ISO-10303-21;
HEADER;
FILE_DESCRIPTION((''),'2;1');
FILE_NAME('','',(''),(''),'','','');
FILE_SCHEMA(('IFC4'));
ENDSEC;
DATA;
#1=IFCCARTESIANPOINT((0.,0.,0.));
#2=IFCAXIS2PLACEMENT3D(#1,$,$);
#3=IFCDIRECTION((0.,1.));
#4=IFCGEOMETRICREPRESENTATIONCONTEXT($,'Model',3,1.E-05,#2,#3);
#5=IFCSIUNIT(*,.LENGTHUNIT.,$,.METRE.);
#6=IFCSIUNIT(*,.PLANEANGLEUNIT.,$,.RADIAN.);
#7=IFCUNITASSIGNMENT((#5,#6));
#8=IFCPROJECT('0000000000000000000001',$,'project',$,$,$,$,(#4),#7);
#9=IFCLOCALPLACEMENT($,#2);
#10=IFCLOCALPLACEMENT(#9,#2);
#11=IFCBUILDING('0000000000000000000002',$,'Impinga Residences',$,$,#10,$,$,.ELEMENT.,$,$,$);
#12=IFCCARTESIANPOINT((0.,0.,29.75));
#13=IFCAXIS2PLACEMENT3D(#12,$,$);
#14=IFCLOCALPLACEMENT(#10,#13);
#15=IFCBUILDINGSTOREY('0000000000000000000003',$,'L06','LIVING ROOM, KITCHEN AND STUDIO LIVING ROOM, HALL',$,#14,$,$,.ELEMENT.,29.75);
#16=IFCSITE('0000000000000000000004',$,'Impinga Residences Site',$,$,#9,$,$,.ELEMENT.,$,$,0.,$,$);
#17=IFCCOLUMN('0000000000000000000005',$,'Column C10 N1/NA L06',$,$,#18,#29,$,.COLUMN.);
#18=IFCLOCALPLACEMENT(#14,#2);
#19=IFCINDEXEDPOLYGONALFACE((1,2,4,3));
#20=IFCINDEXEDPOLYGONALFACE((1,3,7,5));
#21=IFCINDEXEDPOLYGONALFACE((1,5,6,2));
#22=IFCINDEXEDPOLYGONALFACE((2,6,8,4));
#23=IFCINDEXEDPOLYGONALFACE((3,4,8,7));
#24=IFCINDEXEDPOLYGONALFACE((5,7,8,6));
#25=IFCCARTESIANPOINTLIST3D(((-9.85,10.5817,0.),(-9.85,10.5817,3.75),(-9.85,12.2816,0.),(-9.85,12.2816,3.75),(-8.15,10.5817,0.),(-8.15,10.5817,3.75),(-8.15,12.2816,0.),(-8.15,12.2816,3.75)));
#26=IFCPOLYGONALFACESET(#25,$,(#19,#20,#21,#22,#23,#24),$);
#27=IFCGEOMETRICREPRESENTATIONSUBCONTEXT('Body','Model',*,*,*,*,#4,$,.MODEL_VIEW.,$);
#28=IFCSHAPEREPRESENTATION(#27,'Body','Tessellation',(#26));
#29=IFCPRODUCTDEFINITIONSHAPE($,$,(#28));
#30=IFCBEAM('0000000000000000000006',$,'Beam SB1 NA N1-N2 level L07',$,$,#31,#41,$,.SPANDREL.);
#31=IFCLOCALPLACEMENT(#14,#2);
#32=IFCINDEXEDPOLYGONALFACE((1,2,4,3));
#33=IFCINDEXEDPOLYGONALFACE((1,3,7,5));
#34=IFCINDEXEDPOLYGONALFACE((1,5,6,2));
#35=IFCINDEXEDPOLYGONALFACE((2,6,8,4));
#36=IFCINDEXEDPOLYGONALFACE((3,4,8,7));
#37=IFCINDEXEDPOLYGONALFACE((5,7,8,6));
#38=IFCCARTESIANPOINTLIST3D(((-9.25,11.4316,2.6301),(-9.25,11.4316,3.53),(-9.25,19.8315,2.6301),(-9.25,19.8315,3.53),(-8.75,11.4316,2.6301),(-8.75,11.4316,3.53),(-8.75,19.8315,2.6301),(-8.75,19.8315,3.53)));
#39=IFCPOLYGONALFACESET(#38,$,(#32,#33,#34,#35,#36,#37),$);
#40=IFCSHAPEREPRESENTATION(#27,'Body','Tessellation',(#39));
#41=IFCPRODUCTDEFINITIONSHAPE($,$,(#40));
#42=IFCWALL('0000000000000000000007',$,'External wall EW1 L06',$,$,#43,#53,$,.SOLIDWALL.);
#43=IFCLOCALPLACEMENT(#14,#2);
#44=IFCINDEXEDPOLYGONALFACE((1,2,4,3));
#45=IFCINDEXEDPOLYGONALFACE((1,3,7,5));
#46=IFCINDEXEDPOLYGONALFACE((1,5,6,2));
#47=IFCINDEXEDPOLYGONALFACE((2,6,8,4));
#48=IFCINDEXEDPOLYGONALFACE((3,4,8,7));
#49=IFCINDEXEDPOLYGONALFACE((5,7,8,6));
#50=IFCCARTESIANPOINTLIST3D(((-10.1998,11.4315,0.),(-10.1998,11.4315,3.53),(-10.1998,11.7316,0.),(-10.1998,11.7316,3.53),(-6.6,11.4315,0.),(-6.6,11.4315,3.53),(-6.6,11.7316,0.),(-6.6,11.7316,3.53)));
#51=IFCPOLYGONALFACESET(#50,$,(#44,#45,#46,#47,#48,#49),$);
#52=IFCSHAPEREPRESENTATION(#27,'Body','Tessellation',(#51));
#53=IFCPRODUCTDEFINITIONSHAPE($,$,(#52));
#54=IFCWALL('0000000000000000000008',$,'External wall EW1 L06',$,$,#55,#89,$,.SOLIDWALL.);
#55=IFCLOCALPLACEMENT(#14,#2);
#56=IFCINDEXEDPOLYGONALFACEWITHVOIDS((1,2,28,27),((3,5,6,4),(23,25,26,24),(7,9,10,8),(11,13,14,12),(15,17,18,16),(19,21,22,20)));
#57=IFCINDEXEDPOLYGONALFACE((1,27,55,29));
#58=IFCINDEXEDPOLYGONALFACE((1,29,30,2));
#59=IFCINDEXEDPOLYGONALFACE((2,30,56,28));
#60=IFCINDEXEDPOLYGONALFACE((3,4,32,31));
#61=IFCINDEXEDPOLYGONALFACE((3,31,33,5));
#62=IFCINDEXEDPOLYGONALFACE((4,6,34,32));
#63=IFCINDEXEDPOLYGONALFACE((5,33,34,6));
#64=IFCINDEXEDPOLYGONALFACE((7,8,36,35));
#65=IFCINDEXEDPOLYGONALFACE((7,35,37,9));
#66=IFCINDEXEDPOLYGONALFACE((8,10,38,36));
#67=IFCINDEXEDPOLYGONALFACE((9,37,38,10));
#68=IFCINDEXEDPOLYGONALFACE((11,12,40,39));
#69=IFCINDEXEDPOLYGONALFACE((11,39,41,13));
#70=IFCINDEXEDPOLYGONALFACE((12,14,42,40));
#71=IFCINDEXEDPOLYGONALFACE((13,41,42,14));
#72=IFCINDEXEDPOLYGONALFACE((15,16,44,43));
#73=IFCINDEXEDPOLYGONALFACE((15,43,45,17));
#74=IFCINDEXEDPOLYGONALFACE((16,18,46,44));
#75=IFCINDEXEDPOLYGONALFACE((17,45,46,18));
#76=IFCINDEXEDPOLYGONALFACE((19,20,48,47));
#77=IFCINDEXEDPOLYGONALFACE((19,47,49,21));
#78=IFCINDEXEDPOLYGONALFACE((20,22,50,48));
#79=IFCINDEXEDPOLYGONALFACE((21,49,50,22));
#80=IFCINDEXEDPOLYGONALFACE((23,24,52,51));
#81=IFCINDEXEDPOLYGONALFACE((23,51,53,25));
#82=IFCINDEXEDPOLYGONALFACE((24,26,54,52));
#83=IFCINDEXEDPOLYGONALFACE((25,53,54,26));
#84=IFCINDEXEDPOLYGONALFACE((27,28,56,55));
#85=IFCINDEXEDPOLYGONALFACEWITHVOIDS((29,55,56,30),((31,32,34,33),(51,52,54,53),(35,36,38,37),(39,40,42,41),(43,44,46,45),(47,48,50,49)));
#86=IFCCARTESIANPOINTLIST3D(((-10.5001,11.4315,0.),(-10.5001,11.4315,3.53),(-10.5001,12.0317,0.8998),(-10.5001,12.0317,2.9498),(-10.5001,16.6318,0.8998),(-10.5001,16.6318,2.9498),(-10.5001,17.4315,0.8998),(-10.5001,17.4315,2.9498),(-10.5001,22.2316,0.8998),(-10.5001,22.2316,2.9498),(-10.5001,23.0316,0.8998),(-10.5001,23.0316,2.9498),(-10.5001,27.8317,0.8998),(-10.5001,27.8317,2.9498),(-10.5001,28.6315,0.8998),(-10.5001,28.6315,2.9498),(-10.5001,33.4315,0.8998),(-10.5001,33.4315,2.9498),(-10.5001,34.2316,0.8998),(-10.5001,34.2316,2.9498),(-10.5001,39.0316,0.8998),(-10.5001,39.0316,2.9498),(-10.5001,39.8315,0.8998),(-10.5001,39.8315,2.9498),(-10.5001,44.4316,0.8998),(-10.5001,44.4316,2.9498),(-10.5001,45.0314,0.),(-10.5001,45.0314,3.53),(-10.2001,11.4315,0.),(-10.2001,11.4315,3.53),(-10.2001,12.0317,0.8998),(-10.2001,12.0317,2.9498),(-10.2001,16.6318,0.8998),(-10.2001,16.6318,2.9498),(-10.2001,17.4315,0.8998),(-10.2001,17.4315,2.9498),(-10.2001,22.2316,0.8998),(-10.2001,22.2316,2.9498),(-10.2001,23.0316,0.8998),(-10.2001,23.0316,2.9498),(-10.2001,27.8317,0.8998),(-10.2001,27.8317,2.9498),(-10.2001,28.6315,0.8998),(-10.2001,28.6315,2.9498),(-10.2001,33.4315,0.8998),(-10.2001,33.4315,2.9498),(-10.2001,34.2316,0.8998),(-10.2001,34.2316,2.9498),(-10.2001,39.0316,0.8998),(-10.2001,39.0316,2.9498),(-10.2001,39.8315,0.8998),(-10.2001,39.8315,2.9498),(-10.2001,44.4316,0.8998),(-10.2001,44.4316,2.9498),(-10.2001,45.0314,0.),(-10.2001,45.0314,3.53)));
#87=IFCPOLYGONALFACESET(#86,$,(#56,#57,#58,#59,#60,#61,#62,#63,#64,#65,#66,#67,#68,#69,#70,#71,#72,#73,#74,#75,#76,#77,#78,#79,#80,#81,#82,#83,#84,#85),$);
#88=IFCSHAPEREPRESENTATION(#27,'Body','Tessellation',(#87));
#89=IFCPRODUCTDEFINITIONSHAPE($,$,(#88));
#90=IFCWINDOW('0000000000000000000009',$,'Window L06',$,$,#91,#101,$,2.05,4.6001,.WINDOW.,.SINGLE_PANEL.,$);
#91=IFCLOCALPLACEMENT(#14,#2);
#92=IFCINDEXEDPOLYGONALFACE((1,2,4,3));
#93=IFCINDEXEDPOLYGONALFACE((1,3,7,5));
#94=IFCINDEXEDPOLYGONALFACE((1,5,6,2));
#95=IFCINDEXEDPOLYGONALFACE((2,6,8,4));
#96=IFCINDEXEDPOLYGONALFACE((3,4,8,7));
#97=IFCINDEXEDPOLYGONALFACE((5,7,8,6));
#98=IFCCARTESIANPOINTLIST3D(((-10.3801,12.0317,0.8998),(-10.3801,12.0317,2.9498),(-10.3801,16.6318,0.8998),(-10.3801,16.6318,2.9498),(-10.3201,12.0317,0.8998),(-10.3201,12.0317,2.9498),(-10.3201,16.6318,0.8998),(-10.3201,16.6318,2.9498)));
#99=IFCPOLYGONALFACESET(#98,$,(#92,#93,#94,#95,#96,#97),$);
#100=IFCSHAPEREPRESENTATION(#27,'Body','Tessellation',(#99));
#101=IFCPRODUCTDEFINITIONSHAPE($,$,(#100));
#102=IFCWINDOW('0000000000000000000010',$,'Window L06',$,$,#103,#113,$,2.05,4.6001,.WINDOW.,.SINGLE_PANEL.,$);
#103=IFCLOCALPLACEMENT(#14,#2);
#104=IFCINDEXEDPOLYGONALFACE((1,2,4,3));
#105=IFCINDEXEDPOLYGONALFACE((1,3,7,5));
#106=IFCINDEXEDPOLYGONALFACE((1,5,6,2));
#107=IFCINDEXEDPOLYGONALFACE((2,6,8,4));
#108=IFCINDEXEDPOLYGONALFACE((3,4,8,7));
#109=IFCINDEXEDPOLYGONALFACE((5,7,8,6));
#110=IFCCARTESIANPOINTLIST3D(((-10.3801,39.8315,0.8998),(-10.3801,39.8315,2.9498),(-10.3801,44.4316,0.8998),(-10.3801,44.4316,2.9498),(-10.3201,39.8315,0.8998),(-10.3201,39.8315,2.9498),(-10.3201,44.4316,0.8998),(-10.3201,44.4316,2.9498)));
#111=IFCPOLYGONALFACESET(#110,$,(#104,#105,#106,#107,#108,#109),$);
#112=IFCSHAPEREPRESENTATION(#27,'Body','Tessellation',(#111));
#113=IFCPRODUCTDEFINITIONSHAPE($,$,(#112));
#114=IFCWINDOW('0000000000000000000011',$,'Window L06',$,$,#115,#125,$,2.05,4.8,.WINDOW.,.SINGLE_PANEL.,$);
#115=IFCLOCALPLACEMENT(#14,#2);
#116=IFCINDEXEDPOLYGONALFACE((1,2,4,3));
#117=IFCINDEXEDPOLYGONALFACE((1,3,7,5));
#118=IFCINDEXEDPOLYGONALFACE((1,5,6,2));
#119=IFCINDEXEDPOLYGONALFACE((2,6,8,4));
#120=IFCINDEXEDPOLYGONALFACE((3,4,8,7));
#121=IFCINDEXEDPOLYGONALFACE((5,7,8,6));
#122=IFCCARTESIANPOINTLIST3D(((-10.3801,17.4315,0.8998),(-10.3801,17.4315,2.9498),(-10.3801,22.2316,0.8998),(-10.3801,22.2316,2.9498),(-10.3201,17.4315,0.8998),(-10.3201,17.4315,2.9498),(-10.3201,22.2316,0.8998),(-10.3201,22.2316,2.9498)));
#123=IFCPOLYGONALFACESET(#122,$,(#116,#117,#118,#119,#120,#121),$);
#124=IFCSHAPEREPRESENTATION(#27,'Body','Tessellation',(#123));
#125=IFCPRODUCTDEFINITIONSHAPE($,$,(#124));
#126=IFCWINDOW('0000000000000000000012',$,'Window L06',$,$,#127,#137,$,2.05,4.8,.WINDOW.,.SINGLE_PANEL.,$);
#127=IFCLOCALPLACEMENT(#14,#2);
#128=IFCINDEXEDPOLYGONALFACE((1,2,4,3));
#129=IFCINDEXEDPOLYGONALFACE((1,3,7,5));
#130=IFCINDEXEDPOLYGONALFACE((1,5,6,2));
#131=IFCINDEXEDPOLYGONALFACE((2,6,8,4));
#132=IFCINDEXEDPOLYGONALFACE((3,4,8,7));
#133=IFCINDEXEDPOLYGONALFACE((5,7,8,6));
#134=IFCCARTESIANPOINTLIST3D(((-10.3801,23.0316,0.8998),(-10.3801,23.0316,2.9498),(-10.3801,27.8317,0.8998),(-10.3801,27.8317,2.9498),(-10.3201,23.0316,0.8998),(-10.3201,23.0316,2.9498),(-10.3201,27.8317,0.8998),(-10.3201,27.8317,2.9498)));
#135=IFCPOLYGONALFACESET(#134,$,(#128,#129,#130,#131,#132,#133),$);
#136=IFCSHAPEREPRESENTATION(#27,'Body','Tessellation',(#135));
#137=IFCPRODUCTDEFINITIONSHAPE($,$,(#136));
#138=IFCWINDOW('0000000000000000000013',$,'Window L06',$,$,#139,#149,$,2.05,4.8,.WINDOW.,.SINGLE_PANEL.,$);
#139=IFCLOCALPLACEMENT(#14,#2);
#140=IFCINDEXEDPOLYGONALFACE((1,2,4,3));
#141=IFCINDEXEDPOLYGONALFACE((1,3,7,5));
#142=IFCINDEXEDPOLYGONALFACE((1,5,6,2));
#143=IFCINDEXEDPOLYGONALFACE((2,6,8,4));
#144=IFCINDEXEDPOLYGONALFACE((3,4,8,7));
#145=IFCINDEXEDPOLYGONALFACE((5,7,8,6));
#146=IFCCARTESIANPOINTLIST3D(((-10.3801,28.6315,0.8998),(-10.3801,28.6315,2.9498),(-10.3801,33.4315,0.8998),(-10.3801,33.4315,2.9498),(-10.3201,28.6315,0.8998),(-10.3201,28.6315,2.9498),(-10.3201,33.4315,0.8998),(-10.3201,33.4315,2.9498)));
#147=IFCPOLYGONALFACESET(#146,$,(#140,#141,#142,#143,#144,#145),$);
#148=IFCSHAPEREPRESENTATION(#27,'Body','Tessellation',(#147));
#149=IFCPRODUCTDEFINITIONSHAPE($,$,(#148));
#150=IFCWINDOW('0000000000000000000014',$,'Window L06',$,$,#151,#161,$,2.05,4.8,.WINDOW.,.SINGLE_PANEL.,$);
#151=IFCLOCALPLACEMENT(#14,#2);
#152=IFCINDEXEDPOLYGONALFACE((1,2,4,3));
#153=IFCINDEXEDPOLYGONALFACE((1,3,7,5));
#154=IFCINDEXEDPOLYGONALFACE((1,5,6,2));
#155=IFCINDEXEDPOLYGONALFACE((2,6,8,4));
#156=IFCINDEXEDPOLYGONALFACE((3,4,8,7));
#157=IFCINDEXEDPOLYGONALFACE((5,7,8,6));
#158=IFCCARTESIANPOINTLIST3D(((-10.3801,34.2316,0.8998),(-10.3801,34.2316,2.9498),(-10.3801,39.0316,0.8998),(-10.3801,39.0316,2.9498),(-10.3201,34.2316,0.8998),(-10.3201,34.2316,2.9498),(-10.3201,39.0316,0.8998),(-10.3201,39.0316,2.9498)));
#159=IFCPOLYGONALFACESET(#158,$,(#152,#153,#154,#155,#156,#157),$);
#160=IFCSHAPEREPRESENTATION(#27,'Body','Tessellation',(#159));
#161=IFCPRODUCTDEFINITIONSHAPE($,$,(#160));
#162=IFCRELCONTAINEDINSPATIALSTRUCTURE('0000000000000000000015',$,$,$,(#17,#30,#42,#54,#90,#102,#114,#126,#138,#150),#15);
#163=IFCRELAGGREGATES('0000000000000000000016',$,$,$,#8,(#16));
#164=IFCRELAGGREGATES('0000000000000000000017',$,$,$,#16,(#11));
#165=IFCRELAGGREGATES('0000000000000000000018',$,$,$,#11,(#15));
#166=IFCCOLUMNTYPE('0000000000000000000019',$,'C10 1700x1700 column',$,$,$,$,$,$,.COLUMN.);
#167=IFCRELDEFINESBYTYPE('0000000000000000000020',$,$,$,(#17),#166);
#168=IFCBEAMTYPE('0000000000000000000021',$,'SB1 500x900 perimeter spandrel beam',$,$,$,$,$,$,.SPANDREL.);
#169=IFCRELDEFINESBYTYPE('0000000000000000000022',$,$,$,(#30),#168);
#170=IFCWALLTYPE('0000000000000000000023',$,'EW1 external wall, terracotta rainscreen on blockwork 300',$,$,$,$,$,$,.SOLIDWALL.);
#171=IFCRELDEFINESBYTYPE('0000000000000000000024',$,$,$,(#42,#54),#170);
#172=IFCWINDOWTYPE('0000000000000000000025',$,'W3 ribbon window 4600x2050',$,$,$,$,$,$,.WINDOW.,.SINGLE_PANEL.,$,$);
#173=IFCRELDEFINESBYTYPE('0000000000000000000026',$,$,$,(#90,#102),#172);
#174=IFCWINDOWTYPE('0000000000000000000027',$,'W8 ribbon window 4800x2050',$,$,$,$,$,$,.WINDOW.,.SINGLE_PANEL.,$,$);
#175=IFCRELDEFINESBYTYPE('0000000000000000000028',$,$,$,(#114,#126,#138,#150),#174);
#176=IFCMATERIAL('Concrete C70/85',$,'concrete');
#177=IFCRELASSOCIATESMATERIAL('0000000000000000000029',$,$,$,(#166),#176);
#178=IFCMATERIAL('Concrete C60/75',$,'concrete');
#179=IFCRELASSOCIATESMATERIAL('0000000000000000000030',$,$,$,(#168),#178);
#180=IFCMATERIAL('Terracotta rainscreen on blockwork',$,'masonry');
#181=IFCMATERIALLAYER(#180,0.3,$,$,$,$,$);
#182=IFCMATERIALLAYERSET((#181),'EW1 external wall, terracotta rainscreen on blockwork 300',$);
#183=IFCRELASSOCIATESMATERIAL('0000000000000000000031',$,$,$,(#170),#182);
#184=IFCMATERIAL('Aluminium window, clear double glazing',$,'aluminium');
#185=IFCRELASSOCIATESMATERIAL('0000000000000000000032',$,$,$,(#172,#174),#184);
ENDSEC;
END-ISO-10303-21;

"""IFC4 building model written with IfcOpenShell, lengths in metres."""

from ifc_helpers import new_model, si_unit, direction, frame, frame_2d, origin, origin_2d, place, context, subcontext, project, spatial, rectangle, extrude, material, layer, layer_set, material_profile, profile_set, type_object, element, fill, save


model = new_model("IFC4")

# Units and contexts
model_context = context("Model", 3, precision=1e-05, world=origin(), true_north=direction((0.0, 1.0)))
body_context = subcontext(model_context, "Body", "Model", "MODEL_VIEW")
ifc_project = project(units=[si_unit("LENGTHUNIT", "METRE"), si_unit("PLANEANGLEUNIT", "RADIAN")], contexts=[model_context])

# Site, building, storey
site_placement = place(None, origin())
site = spatial("IfcSite", under=ifc_project, at=site_placement, Name="Impinga Residences Site", CompositionType="ELEMENT", RefElevation=0.0)
building_placement = place(site_placement, origin())
building = spatial("IfcBuilding", under=site, at=building_placement, Name="Impinga Residences", CompositionType="ELEMENT")
storey_placement = place(building_placement, frame((0.0, 0.0, 29.75)))
storey = spatial("IfcBuildingStorey", under=building, at=storey_placement, Name="L06", Description="LIVING ROOM, KITCHEN AND STUDIO LIVING ROOM, HALL", CompositionType="ELEMENT", Elevation=29.75)

# Column
ifc_material_1 = material(Name="Concrete C70/85", Category="concrete")
ifc_material_profile_1 = material_profile(ifc_material_1, rectangle(XDim=1.7, YDim=1.7, at=origin_2d()), Name="RC 1700x1700")
ifc_profile_set_1 = profile_set([ifc_material_profile_1], Name="Concrete C70/85")
column_type = type_object("IfcColumnType", Name="C10 1700x1700 column", PredefinedType="COLUMN", material=ifc_profile_set_1)
column_placement = place(storey_placement, frame((-9.0, 11.4316, 0.0), z_axis=(0.0, 0.0, 1.0), x_axis=(1.0, 0.0, 0.0)))
element("IfcColumn", 1, at=column_placement, inside=storey, type_object=column_type, Name="Column C10 N1/NA L06", PredefinedType="COLUMN", context=body_context, shape_type="SweptSolid", body=[
    extrude(rectangle(XDim=1.7, YDim=1.7, at=origin_2d()), origin(), (0.0, 0.0, 1.0), 3.75),
])

# Beam
ifc_material_2 = material(Name="Concrete C60/75", Category="concrete")
ifc_material_profile_2 = material_profile(ifc_material_2, rectangle(XDim=0.5, YDim=0.8999, at=origin_2d()), Name="RC 500x900")
ifc_profile_set_2 = profile_set([ifc_material_profile_2], Name="Concrete C60/75")
beam_type = type_object("IfcBeamType", Name="SB1 500x900 perimeter spandrel beam", PredefinedType="SPANDREL", material=ifc_profile_set_2)
beam_placement = place(storey_placement, frame((-9.0, 11.4316, 3.0801), z_axis=(0.0, 1.0, 0.0), x_axis=(-1.0, 0.0, 0.0)))
element("IfcBeam", 2, at=beam_placement, inside=storey, type_object=beam_type, Name="Beam SB1 NA N1-N2 level L07", PredefinedType="SPANDREL", context=body_context, shape_type="SweptSolid", body=[
    extrude(rectangle(XDim=0.5, YDim=0.8999, at=origin_2d()), origin(), (0.0, 0.0, 1.0), 8.3999),
])

# Wall
ifc_material_3 = material(Name="Terracotta rainscreen on blockwork", Category="masonry")
ifc_layer_1 = layer(ifc_material_3, 0.3)
ifc_layer_set_1 = layer_set([ifc_layer_1], Name="EW1 external wall, terracotta rainscreen on blockwork 300")
wall_type_1 = type_object("IfcWallType", Name="EW1 external wall, terracotta rainscreen on blockwork 300", PredefinedType="SOLIDWALL", material=ifc_layer_set_1)
wall_1_placement = place(storey_placement, frame((-6.6001, 11.5815, 0.0), z_axis=(0.0, 0.0, 1.0), x_axis=(-1.0, 0.0, 0.0)))
element("IfcWall", 3, at=wall_1_placement, inside=storey, type_object=wall_type_1, Name="External wall EW1 L06", PredefinedType="SOLIDWALL", context=body_context, shape_type="SweptSolid", body=[
    extrude(rectangle(XDim=3.5999, YDim=0.3, at=frame_2d((1.7998, 0.0))), origin(), (0.0, 0.0, 1.0), 3.53),
])

# Wall, openings, windows
wall_2_placement = place(storey_placement, frame((-10.3501, 11.4316, 0.0), z_axis=(0.0, 0.0, 1.0), x_axis=(0.0, 1.0, 0.0)))
wall_2 = element("IfcWall", 4, at=wall_2_placement, inside=storey, type_object=wall_type_1, Name="External wall EW1 L06", PredefinedType="SOLIDWALL", context=body_context, shape_type="SweptSolid", body=[
    extrude(rectangle(XDim=33.5999, YDim=0.3, at=frame_2d((16.7998, 0.0))), origin(), (0.0, 0.0, 1.0), 3.53),
])
opening_1_placement = place(wall_2_placement, frame((0.6001, 0.0, 0.8999)))
opening_1 = element("IfcOpeningElement", 5, at=opening_1_placement, cuts=wall_2, PredefinedType="OPENING", context=body_context, shape_type="SweptSolid", body=[
    extrude(rectangle(XDim=4.6001, YDim=2.05, at=frame_2d((2.3, 1.0249))), frame((0.0, 0.1599, 0.0), z_axis=(0.0, -1.0, 0.0), x_axis=(1.0, 0.0, 0.0)), (0.0, 0.0, 1.0), 0.3201),
])
opening_2_placement = place(wall_2_placement, frame((6.0, 0.0, 0.8999)))
opening_2 = element("IfcOpeningElement", 6, at=opening_2_placement, cuts=wall_2, PredefinedType="OPENING", context=body_context, shape_type="SweptSolid", body=[
    extrude(rectangle(XDim=4.8, YDim=2.05, at=frame_2d((2.3999, 1.0249))), frame((0.0, 0.1599, 0.0), z_axis=(0.0, -1.0, 0.0), x_axis=(1.0, 0.0, 0.0)), (0.0, 0.0, 1.0), 0.3201),
])
opening_3_placement = place(wall_2_placement, frame((11.6001, 0.0, 0.8999)))
opening_3 = element("IfcOpeningElement", 7, at=opening_3_placement, cuts=wall_2, PredefinedType="OPENING", context=body_context, shape_type="SweptSolid", body=[
    extrude(rectangle(XDim=4.8, YDim=2.05, at=frame_2d((2.3999, 1.0249))), frame((0.0, 0.1599, 0.0), z_axis=(0.0, -1.0, 0.0), x_axis=(1.0, 0.0, 0.0)), (0.0, 0.0, 1.0), 0.3201),
])
opening_4_placement = place(wall_2_placement, frame((17.2, 0.0, 0.8999)))
opening_4 = element("IfcOpeningElement", 8, at=opening_4_placement, cuts=wall_2, PredefinedType="OPENING", context=body_context, shape_type="SweptSolid", body=[
    extrude(rectangle(XDim=4.8, YDim=2.05, at=frame_2d((2.3999, 1.0249))), frame((0.0, 0.1599, 0.0), z_axis=(0.0, -1.0, 0.0), x_axis=(1.0, 0.0, 0.0)), (0.0, 0.0, 1.0), 0.3201),
])
opening_5_placement = place(wall_2_placement, frame((22.8, 0.0, 0.8999)))
opening_5 = element("IfcOpeningElement", 9, at=opening_5_placement, cuts=wall_2, PredefinedType="OPENING", context=body_context, shape_type="SweptSolid", body=[
    extrude(rectangle(XDim=4.8, YDim=2.05, at=frame_2d((2.3999, 1.0249))), frame((0.0, 0.1599, 0.0), z_axis=(0.0, -1.0, 0.0), x_axis=(1.0, 0.0, 0.0)), (0.0, 0.0, 1.0), 0.3201),
])
opening_6_placement = place(wall_2_placement, frame((28.3999, 0.0, 0.8999)))
opening_6 = element("IfcOpeningElement", 10, at=opening_6_placement, cuts=wall_2, PredefinedType="OPENING", context=body_context, shape_type="SweptSolid", body=[
    extrude(rectangle(XDim=4.6001, YDim=2.05, at=frame_2d((2.3, 1.0249))), frame((0.0, 0.1599, 0.0), z_axis=(0.0, -1.0, 0.0), x_axis=(1.0, 0.0, 0.0)), (0.0, 0.0, 1.0), 0.3201),
])
ifc_material_4 = material(Name="Aluminium window, clear double glazing", Category="aluminium")
window_type_1 = type_object("IfcWindowType", Name="W3 ribbon window 4600x2050", PartitioningType="SINGLE_PANEL", PredefinedType="WINDOW", material=ifc_material_4)
window_1_placement = place(opening_1_placement, origin())
window_1 = element("IfcWindow", 11, at=window_1_placement, inside=storey, type_object=window_type_1, Name="Window L06", OverallHeight=2.05, OverallWidth=4.6001, PartitioningType="SINGLE_PANEL", PredefinedType="WINDOW", context=body_context, shape_type="SweptSolid", body=[
    extrude(rectangle(XDim=4.6001, YDim=2.05, at=frame_2d((2.3, 1.0249))), frame((0.0, 0.03, 0.0), z_axis=(0.0, -1.0, 0.0), x_axis=(1.0, 0.0, 0.0)), (0.0, 0.0, 1.0), 0.0601),
])
fill(opening_1, window_1)
window_2_placement = place(opening_6_placement, origin())
window_2 = element("IfcWindow", 12, at=window_2_placement, inside=storey, type_object=window_type_1, Name="Window L06", OverallHeight=2.05, OverallWidth=4.6001, PartitioningType="SINGLE_PANEL", PredefinedType="WINDOW", context=body_context, shape_type="SweptSolid", body=[
    extrude(rectangle(XDim=4.6001, YDim=2.05, at=frame_2d((2.3, 1.0249))), frame((0.0, 0.03, 0.0), z_axis=(0.0, -1.0, 0.0), x_axis=(1.0, 0.0, 0.0)), (0.0, 0.0, 1.0), 0.0601),
])
fill(opening_6, window_2)
window_type_2 = type_object("IfcWindowType", Name="W8 ribbon window 4800x2050", PartitioningType="SINGLE_PANEL", PredefinedType="WINDOW", material=ifc_material_4)
window_3_placement = place(opening_2_placement, origin())
window_3 = element("IfcWindow", 13, at=window_3_placement, inside=storey, type_object=window_type_2, Name="Window L06", OverallHeight=2.05, OverallWidth=4.8, PartitioningType="SINGLE_PANEL", PredefinedType="WINDOW", context=body_context, shape_type="SweptSolid", body=[
    extrude(rectangle(XDim=4.8, YDim=2.05, at=frame_2d((2.3999, 1.0249))), frame((0.0, 0.03, 0.0), z_axis=(0.0, -1.0, 0.0), x_axis=(1.0, 0.0, 0.0)), (0.0, 0.0, 1.0), 0.0601),
])
fill(opening_2, window_3)
window_4_placement = place(opening_3_placement, origin())
window_4 = element("IfcWindow", 14, at=window_4_placement, inside=storey, type_object=window_type_2, Name="Window L06", OverallHeight=2.05, OverallWidth=4.8, PartitioningType="SINGLE_PANEL", PredefinedType="WINDOW", context=body_context, shape_type="SweptSolid", body=[
    extrude(rectangle(XDim=4.8, YDim=2.05, at=frame_2d((2.3999, 1.0249))), frame((0.0, 0.03, 0.0), z_axis=(0.0, -1.0, 0.0), x_axis=(1.0, 0.0, 0.0)), (0.0, 0.0, 1.0), 0.0601),
])
fill(opening_3, window_4)
window_5_placement = place(opening_4_placement, origin())
window_5 = element("IfcWindow", 15, at=window_5_placement, inside=storey, type_object=window_type_2, Name="Window L06", OverallHeight=2.05, OverallWidth=4.8, PartitioningType="SINGLE_PANEL", PredefinedType="WINDOW", context=body_context, shape_type="SweptSolid", body=[
    extrude(rectangle(XDim=4.8, YDim=2.05, at=frame_2d((2.3999, 1.0249))), frame((0.0, 0.03, 0.0), z_axis=(0.0, -1.0, 0.0), x_axis=(1.0, 0.0, 0.0)), (0.0, 0.0, 1.0), 0.0601),
])
fill(opening_4, window_5)
window_6_placement = place(opening_5_placement, origin())
window_6 = element("IfcWindow", 16, at=window_6_placement, inside=storey, type_object=window_type_2, Name="Window L06", OverallHeight=2.05, OverallWidth=4.8, PartitioningType="SINGLE_PANEL", PredefinedType="WINDOW", context=body_context, shape_type="SweptSolid", body=[
    extrude(rectangle(XDim=4.8, YDim=2.05, at=frame_2d((2.3999, 1.0249))), frame((0.0, 0.03, 0.0), z_axis=(0.0, -1.0, 0.0), x_axis=(1.0, 0.0, 0.0)), (0.0, 0.0, 1.0), 0.0601),
])
fill(opening_5, window_6)

save(model, "model.ifc")
